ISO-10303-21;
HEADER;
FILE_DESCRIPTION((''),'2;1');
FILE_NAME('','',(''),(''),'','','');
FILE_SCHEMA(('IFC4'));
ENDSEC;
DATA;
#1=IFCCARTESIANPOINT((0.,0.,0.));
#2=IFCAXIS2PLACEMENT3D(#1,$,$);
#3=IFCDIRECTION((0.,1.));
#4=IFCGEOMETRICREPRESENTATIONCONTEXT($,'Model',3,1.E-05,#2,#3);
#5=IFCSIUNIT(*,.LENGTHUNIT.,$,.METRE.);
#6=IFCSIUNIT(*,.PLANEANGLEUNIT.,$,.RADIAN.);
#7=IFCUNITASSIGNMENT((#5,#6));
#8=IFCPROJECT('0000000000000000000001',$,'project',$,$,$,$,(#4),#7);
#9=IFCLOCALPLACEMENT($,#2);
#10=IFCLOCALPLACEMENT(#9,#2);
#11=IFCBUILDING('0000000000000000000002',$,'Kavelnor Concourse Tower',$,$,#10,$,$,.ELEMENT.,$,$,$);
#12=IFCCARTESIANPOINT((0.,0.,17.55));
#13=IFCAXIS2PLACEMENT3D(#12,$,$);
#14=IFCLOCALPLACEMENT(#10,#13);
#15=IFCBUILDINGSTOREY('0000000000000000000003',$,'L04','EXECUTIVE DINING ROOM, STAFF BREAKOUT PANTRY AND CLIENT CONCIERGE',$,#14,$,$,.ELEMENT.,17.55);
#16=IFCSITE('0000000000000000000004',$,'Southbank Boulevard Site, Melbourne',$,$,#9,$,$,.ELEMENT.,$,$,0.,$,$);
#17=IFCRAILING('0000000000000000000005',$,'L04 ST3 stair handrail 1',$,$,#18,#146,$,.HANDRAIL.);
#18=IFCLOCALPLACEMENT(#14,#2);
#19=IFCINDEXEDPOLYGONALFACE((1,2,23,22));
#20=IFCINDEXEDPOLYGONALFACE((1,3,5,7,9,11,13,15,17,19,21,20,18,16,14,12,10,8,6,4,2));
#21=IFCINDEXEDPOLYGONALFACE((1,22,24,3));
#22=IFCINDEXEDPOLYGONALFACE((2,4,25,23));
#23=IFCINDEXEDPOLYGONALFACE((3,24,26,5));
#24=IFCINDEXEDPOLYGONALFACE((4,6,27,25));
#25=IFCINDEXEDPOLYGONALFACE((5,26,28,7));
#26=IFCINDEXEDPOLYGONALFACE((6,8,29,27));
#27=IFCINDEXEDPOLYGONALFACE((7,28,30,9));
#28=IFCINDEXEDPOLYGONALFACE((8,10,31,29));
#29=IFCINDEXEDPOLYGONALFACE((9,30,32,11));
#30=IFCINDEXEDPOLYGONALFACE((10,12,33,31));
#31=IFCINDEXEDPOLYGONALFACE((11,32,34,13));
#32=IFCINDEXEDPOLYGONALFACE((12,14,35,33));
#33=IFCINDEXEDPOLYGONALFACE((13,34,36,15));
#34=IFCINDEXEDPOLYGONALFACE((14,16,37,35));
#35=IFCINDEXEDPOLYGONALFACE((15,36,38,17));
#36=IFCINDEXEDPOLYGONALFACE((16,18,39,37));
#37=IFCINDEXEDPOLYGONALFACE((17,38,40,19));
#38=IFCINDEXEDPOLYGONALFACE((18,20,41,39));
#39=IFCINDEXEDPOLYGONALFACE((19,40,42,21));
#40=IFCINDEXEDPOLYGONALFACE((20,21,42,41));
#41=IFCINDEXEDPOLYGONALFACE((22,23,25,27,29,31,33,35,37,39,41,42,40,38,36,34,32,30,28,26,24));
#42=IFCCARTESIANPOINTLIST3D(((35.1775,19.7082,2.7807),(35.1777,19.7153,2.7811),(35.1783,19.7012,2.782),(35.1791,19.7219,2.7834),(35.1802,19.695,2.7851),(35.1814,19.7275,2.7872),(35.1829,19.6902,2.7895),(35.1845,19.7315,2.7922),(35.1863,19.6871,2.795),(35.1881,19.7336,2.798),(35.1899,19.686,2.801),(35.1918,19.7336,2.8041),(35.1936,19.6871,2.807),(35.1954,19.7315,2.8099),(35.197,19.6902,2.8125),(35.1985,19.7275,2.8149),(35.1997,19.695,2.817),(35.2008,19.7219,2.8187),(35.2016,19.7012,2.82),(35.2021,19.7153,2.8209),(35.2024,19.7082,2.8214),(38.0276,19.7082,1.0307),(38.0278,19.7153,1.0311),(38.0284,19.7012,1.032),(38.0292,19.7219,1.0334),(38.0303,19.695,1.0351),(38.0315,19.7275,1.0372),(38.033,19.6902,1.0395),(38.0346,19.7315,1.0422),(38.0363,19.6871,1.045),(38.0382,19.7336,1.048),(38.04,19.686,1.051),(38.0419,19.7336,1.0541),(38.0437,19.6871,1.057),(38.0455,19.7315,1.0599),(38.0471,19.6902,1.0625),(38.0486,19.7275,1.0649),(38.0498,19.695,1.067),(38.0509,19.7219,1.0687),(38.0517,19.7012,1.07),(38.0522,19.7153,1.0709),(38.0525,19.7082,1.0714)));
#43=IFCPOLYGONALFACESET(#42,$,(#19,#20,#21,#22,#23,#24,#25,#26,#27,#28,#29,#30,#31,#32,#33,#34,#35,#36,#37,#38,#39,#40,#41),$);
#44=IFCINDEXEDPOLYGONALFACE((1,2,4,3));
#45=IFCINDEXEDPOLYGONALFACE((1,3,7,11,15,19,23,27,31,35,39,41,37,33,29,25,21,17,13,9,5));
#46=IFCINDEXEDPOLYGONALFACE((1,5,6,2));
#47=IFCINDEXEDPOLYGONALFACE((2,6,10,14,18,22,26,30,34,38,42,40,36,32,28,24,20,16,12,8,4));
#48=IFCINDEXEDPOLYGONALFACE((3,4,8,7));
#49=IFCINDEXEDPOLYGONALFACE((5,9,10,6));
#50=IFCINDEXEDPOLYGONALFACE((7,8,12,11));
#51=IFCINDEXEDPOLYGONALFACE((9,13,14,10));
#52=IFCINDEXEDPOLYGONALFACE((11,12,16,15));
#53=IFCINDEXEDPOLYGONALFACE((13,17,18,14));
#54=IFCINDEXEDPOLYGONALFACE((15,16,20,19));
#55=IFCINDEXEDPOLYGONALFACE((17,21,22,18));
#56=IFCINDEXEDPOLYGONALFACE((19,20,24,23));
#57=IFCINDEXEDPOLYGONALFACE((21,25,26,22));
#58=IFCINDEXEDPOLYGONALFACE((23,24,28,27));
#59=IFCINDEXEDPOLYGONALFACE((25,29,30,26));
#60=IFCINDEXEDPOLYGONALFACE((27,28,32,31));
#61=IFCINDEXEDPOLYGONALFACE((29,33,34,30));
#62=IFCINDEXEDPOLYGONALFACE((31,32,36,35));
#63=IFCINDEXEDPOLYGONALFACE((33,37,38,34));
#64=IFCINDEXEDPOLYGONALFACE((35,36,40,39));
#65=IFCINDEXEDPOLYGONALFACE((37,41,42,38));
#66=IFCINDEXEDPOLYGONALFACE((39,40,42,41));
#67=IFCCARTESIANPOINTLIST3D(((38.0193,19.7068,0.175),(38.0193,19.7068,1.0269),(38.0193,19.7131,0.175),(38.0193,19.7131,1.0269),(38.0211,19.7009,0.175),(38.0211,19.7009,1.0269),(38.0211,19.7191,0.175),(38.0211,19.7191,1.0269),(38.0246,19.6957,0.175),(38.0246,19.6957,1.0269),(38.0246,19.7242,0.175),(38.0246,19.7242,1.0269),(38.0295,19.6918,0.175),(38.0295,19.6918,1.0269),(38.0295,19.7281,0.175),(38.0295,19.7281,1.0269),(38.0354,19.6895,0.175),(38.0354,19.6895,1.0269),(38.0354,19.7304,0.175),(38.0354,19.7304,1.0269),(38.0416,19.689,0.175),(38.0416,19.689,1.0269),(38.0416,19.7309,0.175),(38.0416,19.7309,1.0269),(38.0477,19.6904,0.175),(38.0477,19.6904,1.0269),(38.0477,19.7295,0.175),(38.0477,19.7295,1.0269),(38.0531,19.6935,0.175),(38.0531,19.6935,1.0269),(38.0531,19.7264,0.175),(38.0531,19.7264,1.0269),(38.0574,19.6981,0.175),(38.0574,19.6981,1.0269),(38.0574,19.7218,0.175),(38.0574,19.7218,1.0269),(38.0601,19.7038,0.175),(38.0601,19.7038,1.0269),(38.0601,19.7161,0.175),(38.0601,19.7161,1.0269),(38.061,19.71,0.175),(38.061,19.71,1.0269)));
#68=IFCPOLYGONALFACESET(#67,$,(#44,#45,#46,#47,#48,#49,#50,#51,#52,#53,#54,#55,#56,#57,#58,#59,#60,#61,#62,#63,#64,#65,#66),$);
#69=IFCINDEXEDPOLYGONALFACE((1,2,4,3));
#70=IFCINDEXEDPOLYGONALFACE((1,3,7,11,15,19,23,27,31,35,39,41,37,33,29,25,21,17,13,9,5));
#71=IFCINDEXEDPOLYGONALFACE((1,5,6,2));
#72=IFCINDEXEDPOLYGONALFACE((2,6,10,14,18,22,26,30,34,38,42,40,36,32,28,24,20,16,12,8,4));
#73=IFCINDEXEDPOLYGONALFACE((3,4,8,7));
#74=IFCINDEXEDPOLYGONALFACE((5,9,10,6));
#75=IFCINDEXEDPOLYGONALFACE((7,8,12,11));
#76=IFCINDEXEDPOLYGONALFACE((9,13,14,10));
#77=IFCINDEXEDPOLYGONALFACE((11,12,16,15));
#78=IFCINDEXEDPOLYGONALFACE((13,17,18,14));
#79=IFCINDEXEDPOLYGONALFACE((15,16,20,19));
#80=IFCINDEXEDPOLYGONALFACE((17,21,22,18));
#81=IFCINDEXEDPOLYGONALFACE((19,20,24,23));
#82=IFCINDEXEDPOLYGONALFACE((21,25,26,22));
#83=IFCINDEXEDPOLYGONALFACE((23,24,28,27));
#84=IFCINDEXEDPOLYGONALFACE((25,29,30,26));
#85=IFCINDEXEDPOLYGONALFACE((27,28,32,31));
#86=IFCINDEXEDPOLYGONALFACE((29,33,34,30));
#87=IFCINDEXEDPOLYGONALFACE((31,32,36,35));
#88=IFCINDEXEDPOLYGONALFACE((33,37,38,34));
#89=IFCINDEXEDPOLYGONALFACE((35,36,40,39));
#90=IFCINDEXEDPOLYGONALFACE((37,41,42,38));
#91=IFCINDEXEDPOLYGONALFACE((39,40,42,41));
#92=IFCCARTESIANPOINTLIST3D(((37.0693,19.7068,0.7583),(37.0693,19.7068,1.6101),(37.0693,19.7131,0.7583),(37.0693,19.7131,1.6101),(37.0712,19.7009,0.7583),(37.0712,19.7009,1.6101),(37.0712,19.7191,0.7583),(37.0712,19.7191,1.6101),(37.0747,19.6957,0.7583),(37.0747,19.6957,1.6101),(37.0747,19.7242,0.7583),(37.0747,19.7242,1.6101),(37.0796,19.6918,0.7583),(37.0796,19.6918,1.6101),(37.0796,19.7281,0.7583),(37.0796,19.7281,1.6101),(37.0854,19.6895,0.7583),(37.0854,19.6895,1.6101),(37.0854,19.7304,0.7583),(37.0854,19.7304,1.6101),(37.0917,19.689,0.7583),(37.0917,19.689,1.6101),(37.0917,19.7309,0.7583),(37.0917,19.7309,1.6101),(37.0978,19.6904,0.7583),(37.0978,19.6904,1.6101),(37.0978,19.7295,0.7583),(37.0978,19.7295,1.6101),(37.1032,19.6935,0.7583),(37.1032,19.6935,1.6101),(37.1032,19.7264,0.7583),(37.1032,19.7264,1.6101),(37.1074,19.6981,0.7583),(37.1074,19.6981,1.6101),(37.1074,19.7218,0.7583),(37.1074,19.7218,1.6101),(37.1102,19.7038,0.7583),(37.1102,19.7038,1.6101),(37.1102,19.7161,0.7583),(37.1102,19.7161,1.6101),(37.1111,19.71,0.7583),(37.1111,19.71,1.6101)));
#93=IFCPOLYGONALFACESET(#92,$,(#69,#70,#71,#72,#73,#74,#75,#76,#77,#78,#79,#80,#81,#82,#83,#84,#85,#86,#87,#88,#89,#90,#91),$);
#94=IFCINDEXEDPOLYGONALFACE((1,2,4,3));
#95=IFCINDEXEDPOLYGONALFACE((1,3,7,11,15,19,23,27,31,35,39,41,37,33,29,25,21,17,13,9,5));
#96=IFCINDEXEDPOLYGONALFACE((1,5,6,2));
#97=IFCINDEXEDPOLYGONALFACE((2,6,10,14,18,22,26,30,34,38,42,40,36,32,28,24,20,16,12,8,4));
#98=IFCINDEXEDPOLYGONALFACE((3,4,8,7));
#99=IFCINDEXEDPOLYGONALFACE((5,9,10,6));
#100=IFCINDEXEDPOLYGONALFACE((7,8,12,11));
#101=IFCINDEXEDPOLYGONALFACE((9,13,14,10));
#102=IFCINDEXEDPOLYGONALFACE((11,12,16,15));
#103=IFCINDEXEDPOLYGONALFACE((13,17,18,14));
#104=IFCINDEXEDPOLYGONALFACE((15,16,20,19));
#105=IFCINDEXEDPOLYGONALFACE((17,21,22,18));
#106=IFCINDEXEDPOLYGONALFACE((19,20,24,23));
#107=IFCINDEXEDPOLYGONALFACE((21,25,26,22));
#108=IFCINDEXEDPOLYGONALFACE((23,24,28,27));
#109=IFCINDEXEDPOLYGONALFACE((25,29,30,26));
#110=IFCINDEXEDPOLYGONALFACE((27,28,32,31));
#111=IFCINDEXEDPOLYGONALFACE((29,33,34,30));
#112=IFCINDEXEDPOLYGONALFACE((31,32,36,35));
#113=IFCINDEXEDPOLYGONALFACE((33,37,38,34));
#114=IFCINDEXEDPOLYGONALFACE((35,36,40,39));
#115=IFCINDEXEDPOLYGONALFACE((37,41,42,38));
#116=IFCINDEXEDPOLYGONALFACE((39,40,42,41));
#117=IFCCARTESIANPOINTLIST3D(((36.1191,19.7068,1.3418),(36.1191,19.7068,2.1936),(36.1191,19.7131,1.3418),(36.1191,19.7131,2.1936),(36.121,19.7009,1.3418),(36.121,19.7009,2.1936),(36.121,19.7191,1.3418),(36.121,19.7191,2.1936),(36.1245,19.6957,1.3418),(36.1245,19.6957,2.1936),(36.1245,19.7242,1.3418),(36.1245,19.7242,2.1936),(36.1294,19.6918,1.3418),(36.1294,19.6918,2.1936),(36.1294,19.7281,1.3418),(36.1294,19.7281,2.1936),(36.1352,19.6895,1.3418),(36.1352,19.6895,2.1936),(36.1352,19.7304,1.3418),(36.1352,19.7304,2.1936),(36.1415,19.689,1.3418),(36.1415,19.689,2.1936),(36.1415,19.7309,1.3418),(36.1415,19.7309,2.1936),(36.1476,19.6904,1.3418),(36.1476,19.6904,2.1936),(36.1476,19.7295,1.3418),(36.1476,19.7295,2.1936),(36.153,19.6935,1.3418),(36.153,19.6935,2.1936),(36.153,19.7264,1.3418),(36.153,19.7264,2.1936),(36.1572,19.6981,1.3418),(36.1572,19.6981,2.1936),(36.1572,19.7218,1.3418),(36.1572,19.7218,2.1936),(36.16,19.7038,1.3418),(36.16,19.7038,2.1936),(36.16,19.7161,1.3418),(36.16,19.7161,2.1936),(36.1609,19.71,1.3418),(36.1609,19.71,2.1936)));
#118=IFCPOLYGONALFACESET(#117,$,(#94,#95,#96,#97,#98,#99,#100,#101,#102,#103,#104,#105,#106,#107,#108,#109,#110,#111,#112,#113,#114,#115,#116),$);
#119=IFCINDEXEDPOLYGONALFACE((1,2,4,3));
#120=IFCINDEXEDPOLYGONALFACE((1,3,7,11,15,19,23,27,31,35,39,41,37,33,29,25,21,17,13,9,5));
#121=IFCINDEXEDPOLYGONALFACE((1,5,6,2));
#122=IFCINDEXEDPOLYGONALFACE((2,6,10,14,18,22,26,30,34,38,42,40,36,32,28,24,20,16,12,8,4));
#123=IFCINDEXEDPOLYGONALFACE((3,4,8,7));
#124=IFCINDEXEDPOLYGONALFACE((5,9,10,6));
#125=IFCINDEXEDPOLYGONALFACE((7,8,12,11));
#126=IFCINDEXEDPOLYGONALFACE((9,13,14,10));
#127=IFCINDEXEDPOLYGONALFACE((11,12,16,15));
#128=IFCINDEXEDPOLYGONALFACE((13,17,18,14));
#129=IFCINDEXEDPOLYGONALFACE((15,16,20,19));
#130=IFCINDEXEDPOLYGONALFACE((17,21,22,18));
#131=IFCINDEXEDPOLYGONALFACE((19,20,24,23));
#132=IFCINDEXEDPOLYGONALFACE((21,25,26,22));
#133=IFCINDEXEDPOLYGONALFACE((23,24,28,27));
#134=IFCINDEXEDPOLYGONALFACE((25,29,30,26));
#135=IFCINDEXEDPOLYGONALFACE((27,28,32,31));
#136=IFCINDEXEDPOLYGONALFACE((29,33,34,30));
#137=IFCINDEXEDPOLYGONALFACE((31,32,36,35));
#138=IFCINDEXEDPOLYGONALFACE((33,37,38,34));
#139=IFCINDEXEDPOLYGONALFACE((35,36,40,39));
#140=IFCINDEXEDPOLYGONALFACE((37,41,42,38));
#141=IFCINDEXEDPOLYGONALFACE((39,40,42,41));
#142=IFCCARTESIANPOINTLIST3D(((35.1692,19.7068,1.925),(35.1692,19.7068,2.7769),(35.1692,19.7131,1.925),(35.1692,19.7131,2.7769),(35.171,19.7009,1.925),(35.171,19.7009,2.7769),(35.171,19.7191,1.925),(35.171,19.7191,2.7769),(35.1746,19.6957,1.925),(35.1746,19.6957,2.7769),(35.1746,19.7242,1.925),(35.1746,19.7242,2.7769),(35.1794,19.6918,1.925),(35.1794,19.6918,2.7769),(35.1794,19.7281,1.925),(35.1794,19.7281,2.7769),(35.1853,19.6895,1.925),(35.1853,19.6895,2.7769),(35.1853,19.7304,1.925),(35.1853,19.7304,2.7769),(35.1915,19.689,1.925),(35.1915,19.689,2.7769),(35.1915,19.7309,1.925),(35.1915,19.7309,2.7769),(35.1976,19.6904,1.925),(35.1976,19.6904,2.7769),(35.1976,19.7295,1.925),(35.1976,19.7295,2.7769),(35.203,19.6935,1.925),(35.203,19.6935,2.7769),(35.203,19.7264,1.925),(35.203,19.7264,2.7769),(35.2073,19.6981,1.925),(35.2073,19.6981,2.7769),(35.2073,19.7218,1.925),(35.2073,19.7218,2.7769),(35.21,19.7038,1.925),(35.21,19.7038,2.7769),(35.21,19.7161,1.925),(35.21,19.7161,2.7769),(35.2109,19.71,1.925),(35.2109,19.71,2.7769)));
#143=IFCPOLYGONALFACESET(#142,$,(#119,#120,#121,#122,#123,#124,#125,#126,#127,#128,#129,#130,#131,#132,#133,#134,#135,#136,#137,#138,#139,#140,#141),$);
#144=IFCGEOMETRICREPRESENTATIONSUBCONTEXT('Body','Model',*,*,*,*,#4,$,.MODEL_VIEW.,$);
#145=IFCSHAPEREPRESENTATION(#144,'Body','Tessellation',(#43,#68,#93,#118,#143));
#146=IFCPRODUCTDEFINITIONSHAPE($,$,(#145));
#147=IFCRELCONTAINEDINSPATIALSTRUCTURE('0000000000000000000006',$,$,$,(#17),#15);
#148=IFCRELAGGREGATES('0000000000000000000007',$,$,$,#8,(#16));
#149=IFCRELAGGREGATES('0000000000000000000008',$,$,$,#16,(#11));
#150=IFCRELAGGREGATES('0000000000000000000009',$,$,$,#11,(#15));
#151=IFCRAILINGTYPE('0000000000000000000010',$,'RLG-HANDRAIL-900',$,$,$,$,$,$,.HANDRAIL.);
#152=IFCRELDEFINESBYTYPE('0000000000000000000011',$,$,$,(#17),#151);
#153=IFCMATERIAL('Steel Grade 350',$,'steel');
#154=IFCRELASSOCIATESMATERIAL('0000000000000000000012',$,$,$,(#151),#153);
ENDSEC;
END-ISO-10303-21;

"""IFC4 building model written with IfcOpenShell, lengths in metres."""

from ifc_helpers import new_model, si_unit, direction, frame, origin, origin_2d, place, context, subcontext, project, spatial, circle, extrude, material, type_object, element, save


model = new_model("IFC4")

# Units and contexts
model_context = context("Model", 3, precision=1e-05, world=origin(), true_north=direction((0.0, 1.0)))
body_context = subcontext(model_context, "Body", "Model", "MODEL_VIEW")
ifc_project = project(units=[si_unit("LENGTHUNIT", "METRE"), si_unit("PLANEANGLEUNIT", "RADIAN")], contexts=[model_context])

# Site, building, storey
site_placement = place(None, origin())
site = spatial("IfcSite", under=ifc_project, at=site_placement, Name="Southbank Boulevard Site, Melbourne", CompositionType="ELEMENT", RefElevation=0.0)
building_placement = place(site_placement, origin())
building = spatial("IfcBuilding", under=site, at=building_placement, Name="Kavelnor Concourse Tower", CompositionType="ELEMENT")
storey_placement = place(building_placement, frame((0.0, 0.0, 17.55)))
storey = spatial("IfcBuildingStorey", under=building, at=storey_placement, Name="L04", Description="EXECUTIVE DINING ROOM, STAFF BREAKOUT PANTRY AND CLIENT CONCIERGE", CompositionType="ELEMENT", Elevation=17.55)

# Shared definitions
ifc_material_1 = material(Name="Steel Grade 350", Category="steel")

# Railing
railing_type_1 = type_object("IfcRailingType", Name="RLG-HANDRAIL-900", PredefinedType="HANDRAIL", material=ifc_material_1)
railing_1_placement = place(storey_placement, frame((38.04, 19.71, 0.175)))
element("IfcRailing", 1, at=railing_1_placement, inside=storey, type_object=railing_type_1, Name="L04 ST3 stair handrail 1", PredefinedType="HANDRAIL", context=body_context, shape_type="SweptSolid", body=[
    extrude(circle(Radius=0.0239, at=origin_2d()), frame((0.0, 0.0, 0.876), z_axis=(-0.852179, 0.0, 0.52325), x_axis=(0.0, -1.0, 0.0)), (0.0, 0.0, 1.0), 3.3445),
    extrude(circle(Radius=0.021, at=origin_2d()), origin(), (0.0, 0.0, 1.0), 0.8518),
    extrude(circle(Radius=0.021, at=origin_2d()), frame((-0.95, 0.0, 0.5833)), (0.0, 0.0, 1.0), 0.8518),
    extrude(circle(Radius=0.021, at=origin_2d()), frame((-1.9001, 0.0, 1.1667)), (0.0, 0.0, 1.0), 0.8518),
    extrude(circle(Radius=0.021, at=origin_2d()), frame((-2.8501, 0.0, 1.75)), (0.0, 0.0, 1.0), 0.8518),
])

save(model, "model.ifc")
